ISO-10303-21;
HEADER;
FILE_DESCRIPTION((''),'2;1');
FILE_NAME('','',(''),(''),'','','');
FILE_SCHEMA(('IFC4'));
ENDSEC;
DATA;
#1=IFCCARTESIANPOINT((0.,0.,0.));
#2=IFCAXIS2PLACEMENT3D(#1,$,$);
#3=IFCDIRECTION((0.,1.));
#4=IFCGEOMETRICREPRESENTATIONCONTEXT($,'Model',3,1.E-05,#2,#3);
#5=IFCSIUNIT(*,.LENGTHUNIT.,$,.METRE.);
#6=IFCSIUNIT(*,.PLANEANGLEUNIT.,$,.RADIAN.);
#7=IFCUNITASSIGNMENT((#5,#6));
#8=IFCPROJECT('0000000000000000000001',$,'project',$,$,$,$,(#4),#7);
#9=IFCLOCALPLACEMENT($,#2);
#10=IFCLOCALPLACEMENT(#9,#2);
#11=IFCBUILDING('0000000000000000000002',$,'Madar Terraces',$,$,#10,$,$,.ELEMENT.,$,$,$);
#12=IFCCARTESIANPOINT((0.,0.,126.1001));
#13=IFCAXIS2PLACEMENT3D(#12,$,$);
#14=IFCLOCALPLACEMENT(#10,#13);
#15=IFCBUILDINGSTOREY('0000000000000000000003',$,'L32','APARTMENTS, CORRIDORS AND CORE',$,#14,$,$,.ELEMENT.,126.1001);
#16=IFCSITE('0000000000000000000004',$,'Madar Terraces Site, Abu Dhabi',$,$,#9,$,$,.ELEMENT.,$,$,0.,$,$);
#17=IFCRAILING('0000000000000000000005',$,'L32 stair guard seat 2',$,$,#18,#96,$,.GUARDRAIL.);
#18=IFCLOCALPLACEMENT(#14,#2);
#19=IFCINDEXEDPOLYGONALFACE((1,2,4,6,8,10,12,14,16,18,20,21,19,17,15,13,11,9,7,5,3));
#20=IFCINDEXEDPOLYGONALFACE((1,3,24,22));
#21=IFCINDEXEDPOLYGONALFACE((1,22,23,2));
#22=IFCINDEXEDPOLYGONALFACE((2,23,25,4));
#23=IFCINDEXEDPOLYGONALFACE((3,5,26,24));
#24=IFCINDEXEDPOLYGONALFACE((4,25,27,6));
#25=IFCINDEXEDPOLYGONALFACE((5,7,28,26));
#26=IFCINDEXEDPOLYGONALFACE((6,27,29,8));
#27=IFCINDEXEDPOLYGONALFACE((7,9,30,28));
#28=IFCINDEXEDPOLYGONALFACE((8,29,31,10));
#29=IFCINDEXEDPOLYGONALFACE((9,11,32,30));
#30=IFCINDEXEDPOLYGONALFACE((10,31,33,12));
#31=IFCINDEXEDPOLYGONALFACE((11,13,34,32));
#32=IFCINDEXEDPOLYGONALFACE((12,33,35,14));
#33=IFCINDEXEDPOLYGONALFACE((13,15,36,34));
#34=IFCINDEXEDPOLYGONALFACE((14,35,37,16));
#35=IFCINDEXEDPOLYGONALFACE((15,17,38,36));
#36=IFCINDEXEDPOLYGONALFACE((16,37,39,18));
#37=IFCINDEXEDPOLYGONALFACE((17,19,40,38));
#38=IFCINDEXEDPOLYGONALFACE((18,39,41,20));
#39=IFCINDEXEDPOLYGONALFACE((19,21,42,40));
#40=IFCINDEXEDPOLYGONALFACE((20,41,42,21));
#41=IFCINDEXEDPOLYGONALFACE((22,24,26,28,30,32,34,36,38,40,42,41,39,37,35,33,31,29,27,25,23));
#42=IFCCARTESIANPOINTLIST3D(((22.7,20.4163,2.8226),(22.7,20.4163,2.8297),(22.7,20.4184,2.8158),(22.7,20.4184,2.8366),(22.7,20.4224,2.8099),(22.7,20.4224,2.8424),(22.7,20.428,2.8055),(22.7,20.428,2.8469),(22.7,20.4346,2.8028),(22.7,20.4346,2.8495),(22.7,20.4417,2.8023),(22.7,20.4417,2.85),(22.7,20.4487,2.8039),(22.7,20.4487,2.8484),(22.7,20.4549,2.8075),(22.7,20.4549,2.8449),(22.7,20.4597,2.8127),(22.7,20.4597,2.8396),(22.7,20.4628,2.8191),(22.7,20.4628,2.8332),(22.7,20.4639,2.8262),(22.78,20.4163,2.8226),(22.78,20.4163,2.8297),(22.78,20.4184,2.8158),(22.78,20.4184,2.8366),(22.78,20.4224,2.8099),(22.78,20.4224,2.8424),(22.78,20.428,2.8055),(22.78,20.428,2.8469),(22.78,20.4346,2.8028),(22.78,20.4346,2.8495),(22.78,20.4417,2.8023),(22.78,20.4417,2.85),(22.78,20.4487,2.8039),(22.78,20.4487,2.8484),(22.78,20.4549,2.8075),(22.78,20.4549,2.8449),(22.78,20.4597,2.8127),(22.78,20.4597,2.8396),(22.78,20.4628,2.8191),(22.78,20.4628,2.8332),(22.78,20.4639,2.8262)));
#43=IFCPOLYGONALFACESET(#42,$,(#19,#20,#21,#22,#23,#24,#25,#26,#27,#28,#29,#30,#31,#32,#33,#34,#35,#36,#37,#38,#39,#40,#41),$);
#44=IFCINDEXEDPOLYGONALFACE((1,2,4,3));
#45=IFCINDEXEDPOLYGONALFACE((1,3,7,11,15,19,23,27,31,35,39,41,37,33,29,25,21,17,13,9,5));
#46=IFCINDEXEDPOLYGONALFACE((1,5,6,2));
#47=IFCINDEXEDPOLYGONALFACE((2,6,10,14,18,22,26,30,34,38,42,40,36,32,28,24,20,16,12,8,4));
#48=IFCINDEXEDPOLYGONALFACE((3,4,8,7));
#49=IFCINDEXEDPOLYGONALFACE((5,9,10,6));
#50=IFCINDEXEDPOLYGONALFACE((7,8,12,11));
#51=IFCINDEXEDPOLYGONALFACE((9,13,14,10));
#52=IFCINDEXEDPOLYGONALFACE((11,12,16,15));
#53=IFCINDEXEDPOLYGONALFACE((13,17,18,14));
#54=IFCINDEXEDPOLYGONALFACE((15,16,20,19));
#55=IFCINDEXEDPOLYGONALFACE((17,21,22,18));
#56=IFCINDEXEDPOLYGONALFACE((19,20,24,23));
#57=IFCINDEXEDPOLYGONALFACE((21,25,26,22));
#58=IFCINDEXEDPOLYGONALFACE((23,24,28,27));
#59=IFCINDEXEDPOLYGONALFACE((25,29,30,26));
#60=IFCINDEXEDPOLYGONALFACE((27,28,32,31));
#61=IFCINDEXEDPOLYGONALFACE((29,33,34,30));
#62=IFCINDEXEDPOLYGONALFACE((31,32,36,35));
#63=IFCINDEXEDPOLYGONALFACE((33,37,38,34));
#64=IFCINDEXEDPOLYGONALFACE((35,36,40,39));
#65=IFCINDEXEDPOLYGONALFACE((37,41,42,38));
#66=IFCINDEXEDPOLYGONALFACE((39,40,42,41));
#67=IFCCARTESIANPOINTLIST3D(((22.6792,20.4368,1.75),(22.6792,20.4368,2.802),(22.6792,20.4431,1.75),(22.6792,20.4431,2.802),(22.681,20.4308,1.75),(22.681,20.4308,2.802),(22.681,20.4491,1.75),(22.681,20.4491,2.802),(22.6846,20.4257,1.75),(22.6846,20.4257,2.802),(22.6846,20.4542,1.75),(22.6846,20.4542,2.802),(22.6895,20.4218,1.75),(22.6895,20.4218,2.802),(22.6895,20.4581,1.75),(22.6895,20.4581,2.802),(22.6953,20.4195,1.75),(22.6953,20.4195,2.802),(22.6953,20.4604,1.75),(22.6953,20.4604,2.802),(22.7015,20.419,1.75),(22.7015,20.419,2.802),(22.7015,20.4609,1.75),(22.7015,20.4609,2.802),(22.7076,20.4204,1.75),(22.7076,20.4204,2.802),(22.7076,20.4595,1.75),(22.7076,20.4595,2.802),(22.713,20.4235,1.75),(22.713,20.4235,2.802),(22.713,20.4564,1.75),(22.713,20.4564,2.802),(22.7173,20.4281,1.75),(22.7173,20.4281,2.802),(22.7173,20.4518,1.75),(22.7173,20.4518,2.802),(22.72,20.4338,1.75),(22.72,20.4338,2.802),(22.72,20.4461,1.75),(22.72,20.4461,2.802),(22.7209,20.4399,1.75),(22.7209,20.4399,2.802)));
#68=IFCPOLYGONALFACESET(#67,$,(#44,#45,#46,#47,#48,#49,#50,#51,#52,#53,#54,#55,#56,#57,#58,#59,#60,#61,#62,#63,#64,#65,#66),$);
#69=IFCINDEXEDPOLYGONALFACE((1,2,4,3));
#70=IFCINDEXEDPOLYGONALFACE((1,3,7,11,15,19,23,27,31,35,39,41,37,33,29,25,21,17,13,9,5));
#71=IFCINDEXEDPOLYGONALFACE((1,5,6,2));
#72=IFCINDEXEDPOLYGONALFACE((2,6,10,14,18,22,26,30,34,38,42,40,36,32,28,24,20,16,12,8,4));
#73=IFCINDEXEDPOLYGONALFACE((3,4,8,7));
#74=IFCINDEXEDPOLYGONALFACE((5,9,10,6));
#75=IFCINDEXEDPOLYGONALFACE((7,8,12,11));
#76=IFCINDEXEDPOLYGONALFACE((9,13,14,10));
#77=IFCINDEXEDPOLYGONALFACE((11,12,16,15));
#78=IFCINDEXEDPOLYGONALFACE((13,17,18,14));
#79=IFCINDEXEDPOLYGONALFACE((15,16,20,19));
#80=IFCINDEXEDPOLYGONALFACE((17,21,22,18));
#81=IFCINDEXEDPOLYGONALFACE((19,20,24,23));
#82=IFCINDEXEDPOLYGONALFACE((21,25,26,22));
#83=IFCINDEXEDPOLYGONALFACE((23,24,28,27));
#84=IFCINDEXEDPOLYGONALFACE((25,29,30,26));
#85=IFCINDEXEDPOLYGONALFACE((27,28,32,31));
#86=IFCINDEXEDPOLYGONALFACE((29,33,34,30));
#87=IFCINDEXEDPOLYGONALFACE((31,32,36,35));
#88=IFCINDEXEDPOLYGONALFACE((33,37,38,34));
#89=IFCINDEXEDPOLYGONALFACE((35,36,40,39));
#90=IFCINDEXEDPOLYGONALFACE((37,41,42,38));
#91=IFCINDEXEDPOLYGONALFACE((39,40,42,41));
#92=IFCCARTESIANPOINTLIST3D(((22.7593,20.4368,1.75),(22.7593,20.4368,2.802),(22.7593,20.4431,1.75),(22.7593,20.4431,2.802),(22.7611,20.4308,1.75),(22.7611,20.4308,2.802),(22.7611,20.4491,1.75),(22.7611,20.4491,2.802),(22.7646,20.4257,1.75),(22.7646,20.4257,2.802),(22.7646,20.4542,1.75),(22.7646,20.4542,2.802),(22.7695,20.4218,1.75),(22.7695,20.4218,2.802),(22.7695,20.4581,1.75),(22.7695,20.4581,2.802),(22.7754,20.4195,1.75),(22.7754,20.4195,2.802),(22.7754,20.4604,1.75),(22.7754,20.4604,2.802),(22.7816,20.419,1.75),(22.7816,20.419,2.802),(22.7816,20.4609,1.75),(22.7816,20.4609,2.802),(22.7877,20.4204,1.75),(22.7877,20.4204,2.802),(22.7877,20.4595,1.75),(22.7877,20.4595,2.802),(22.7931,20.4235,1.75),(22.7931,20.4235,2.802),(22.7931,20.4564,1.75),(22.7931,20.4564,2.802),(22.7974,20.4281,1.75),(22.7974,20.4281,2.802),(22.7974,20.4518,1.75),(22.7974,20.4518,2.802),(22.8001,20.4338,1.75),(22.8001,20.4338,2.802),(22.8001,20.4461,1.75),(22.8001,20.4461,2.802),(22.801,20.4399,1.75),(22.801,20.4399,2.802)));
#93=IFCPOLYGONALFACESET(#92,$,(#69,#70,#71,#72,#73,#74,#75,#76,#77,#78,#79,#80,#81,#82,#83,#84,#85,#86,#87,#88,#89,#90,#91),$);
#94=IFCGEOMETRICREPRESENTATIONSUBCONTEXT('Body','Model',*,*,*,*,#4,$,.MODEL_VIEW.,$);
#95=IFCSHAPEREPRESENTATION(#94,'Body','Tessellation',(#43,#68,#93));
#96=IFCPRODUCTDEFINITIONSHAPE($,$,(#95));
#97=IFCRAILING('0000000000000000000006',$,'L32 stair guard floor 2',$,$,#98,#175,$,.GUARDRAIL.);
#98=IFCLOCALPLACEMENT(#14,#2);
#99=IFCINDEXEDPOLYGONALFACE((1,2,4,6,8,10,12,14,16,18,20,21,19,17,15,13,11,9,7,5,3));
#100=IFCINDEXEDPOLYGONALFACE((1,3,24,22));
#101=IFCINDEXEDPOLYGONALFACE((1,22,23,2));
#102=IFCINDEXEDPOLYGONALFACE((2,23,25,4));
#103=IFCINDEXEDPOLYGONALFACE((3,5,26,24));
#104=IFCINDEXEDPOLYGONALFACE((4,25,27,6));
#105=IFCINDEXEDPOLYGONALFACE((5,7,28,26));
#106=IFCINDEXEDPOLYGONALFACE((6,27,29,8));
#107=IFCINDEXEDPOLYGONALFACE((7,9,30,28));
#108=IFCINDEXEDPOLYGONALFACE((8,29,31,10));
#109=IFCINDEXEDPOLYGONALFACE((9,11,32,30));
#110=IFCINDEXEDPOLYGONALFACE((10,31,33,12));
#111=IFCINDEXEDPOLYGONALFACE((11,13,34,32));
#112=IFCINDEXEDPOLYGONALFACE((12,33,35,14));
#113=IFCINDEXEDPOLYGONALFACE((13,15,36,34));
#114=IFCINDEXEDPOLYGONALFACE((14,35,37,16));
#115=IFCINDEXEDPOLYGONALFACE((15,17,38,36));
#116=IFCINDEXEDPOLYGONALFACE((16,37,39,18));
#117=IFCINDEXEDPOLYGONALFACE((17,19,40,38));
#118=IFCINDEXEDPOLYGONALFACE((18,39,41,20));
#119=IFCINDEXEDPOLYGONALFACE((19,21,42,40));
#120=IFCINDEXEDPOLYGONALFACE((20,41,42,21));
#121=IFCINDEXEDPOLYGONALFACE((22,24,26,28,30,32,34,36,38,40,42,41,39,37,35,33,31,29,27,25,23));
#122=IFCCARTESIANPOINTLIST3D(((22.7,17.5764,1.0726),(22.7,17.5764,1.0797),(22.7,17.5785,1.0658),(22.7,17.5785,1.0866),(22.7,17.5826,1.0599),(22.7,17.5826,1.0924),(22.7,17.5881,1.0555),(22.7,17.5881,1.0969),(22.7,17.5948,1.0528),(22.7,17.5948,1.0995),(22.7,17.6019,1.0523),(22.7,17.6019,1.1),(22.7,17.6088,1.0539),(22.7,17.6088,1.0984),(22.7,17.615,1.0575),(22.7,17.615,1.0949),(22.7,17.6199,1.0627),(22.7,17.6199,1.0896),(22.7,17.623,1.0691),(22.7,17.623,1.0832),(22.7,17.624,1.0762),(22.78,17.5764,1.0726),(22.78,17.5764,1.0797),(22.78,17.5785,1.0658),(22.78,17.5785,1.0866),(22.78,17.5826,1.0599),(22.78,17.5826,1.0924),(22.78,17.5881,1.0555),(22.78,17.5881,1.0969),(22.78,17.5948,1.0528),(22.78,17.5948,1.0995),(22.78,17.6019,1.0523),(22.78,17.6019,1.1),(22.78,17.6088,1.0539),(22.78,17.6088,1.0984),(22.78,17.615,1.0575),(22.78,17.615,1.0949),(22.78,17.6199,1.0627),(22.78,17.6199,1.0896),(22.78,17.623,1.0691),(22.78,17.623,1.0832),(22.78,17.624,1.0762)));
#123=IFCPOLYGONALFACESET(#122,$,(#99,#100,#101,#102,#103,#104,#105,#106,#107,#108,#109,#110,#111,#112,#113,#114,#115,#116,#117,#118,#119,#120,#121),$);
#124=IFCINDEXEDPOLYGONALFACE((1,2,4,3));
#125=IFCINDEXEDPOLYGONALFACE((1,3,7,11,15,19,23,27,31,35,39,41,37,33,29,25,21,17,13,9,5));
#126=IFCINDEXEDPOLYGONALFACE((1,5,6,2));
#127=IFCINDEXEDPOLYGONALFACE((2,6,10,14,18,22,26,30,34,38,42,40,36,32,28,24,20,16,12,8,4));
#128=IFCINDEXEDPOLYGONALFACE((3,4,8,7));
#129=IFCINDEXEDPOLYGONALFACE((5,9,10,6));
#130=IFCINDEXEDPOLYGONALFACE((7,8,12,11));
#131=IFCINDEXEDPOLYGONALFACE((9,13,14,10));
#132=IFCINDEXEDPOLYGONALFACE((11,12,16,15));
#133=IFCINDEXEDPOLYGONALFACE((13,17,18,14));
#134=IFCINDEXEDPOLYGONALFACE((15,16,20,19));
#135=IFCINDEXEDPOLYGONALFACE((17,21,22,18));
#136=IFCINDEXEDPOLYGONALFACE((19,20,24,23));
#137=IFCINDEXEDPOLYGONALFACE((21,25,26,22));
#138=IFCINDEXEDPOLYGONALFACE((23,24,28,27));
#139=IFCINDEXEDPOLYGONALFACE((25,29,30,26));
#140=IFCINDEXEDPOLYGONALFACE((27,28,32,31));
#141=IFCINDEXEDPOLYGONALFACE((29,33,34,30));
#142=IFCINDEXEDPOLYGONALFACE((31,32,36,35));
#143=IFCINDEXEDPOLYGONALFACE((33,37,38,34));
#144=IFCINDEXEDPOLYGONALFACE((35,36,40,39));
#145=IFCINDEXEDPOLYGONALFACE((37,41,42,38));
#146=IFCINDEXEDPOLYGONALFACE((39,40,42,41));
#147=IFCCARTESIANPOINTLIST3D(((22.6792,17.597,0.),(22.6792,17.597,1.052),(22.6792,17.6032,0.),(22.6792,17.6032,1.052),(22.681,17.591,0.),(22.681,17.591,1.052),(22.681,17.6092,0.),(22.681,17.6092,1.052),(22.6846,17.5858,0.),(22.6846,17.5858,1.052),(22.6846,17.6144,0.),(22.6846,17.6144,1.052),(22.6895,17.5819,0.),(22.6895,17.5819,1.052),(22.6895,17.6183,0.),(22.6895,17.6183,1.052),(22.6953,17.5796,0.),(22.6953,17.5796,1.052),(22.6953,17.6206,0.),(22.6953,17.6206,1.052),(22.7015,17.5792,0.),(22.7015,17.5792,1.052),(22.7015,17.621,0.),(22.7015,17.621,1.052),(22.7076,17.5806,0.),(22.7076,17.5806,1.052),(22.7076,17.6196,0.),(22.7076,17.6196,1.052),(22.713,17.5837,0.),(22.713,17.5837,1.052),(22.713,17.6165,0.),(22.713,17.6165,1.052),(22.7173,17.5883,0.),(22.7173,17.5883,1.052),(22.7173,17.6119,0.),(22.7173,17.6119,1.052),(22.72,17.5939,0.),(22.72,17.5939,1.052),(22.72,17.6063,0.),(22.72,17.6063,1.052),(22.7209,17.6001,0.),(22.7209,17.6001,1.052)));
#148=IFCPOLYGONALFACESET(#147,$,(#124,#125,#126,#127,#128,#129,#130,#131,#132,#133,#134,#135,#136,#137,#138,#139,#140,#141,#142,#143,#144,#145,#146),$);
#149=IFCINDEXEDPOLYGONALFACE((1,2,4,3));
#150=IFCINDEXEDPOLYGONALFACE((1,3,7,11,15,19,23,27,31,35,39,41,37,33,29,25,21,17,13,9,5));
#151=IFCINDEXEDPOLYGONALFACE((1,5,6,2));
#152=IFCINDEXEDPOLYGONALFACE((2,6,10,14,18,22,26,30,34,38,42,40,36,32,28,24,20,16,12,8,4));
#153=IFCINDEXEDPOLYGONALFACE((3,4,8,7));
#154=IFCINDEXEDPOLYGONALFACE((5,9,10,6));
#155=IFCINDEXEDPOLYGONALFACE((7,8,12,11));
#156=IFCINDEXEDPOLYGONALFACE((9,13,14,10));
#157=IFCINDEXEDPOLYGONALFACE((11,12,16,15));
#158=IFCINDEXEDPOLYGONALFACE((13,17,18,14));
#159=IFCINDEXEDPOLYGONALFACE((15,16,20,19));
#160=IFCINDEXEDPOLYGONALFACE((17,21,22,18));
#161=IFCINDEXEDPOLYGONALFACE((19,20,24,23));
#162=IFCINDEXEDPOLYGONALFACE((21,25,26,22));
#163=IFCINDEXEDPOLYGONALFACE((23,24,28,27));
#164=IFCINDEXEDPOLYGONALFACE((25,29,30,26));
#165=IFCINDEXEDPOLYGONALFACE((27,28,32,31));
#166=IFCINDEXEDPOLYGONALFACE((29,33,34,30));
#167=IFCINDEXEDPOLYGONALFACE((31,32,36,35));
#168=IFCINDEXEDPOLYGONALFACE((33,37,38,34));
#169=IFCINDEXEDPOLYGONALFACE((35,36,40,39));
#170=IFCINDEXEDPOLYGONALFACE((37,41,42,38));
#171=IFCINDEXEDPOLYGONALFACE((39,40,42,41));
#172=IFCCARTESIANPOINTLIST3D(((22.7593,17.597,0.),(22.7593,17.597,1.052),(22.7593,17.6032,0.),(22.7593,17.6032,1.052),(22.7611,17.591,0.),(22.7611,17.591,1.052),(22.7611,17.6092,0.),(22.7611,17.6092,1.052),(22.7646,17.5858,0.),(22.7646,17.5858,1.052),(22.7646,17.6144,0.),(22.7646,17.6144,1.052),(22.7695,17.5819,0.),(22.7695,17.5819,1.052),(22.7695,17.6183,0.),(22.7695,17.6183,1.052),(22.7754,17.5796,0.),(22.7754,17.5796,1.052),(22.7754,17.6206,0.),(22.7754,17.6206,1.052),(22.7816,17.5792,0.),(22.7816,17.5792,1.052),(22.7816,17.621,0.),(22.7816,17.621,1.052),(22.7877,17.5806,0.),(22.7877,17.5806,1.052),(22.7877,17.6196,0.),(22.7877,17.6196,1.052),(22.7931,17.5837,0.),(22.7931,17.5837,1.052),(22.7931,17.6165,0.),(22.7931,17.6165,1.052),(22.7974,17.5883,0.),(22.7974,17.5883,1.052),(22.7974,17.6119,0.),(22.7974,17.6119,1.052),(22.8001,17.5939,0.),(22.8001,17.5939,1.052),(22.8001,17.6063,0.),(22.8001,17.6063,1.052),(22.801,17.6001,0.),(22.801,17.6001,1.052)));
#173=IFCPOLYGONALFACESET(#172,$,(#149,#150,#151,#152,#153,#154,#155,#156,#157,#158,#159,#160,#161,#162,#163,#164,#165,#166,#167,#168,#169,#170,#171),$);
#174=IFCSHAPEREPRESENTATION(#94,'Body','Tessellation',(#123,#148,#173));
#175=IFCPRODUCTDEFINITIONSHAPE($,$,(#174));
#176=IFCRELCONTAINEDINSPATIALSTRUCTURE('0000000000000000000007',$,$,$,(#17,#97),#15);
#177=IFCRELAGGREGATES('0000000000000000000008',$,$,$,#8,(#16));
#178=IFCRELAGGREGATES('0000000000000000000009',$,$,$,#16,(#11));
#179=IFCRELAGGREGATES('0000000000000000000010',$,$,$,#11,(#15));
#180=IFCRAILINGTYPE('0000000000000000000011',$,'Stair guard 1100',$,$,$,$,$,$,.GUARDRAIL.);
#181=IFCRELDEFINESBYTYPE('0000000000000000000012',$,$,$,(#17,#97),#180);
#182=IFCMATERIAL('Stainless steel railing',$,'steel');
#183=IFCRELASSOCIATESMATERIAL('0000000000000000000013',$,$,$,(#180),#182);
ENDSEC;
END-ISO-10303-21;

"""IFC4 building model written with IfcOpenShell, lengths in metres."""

from ifc_helpers import new_model, si_unit, direction, frame, origin, origin_2d, place, context, subcontext, project, spatial, circle, extrude, material, type_object, element, save


model = new_model("IFC4")

# Units and contexts
model_context = context("Model", 3, precision=1e-05, world=origin(), true_north=direction((0.0, 1.0)))
body_context = subcontext(model_context, "Body", "Model", "MODEL_VIEW")
ifc_project = project(units=[si_unit("LENGTHUNIT", "METRE"), si_unit("PLANEANGLEUNIT", "RADIAN")], contexts=[model_context])

# Site, building, storey
site_placement = place(None, origin())
site = spatial("IfcSite", under=ifc_project, at=site_placement, Name="Madar Terraces Site, Abu Dhabi", CompositionType="ELEMENT", RefElevation=0.0)
building_placement = place(site_placement, origin())
building = spatial("IfcBuilding", under=site, at=building_placement, Name="Madar Terraces", CompositionType="ELEMENT")
storey_placement = place(building_placement, frame((0.0, 0.0, 126.1001)))
storey = spatial("IfcBuildingStorey", under=building, at=storey_placement, Name="L32", Description="APARTMENTS, CORRIDORS AND CORE", CompositionType="ELEMENT", Elevation=126.1001)

# Railings
ifc_material_1 = material(Name="Stainless steel railing", Category="steel")
railing_type_1 = type_object("IfcRailingType", Name="Stair guard 1100", PredefinedType="GUARDRAIL", material=ifc_material_1)
for number, where, name in (
    (1, (22.7, 20.4399, 1.75), "L32 stair guard seat 2"),
    (2, (22.7, 17.6001, 0.0), "L32 stair guard floor 2"),
):
    element("IfcRailing", number, at=place(storey_placement, frame(where)), inside=storey, type_object=railing_type_1, Name=name, PredefinedType="GUARDRAIL", context=body_context, shape_type="SweptSolid", body=[
        extrude(circle(Radius=0.0239, at=origin_2d()), frame((0.0, 0.0, 1.0762), z_axis=(1.0, 0.0, 0.0), x_axis=(0.0, 1.0, 0.0)), (0.0, 0.0, 1.0), 0.0801),
        extrude(circle(Radius=0.021, at=origin_2d()), origin(), (0.0, 0.0, 1.0), 1.052),
        extrude(circle(Radius=0.021, at=origin_2d()), frame((0.0801, 0.0, 0.0)), (0.0, 0.0, 1.0), 1.052),
    ])

save(model, "model.ifc")
